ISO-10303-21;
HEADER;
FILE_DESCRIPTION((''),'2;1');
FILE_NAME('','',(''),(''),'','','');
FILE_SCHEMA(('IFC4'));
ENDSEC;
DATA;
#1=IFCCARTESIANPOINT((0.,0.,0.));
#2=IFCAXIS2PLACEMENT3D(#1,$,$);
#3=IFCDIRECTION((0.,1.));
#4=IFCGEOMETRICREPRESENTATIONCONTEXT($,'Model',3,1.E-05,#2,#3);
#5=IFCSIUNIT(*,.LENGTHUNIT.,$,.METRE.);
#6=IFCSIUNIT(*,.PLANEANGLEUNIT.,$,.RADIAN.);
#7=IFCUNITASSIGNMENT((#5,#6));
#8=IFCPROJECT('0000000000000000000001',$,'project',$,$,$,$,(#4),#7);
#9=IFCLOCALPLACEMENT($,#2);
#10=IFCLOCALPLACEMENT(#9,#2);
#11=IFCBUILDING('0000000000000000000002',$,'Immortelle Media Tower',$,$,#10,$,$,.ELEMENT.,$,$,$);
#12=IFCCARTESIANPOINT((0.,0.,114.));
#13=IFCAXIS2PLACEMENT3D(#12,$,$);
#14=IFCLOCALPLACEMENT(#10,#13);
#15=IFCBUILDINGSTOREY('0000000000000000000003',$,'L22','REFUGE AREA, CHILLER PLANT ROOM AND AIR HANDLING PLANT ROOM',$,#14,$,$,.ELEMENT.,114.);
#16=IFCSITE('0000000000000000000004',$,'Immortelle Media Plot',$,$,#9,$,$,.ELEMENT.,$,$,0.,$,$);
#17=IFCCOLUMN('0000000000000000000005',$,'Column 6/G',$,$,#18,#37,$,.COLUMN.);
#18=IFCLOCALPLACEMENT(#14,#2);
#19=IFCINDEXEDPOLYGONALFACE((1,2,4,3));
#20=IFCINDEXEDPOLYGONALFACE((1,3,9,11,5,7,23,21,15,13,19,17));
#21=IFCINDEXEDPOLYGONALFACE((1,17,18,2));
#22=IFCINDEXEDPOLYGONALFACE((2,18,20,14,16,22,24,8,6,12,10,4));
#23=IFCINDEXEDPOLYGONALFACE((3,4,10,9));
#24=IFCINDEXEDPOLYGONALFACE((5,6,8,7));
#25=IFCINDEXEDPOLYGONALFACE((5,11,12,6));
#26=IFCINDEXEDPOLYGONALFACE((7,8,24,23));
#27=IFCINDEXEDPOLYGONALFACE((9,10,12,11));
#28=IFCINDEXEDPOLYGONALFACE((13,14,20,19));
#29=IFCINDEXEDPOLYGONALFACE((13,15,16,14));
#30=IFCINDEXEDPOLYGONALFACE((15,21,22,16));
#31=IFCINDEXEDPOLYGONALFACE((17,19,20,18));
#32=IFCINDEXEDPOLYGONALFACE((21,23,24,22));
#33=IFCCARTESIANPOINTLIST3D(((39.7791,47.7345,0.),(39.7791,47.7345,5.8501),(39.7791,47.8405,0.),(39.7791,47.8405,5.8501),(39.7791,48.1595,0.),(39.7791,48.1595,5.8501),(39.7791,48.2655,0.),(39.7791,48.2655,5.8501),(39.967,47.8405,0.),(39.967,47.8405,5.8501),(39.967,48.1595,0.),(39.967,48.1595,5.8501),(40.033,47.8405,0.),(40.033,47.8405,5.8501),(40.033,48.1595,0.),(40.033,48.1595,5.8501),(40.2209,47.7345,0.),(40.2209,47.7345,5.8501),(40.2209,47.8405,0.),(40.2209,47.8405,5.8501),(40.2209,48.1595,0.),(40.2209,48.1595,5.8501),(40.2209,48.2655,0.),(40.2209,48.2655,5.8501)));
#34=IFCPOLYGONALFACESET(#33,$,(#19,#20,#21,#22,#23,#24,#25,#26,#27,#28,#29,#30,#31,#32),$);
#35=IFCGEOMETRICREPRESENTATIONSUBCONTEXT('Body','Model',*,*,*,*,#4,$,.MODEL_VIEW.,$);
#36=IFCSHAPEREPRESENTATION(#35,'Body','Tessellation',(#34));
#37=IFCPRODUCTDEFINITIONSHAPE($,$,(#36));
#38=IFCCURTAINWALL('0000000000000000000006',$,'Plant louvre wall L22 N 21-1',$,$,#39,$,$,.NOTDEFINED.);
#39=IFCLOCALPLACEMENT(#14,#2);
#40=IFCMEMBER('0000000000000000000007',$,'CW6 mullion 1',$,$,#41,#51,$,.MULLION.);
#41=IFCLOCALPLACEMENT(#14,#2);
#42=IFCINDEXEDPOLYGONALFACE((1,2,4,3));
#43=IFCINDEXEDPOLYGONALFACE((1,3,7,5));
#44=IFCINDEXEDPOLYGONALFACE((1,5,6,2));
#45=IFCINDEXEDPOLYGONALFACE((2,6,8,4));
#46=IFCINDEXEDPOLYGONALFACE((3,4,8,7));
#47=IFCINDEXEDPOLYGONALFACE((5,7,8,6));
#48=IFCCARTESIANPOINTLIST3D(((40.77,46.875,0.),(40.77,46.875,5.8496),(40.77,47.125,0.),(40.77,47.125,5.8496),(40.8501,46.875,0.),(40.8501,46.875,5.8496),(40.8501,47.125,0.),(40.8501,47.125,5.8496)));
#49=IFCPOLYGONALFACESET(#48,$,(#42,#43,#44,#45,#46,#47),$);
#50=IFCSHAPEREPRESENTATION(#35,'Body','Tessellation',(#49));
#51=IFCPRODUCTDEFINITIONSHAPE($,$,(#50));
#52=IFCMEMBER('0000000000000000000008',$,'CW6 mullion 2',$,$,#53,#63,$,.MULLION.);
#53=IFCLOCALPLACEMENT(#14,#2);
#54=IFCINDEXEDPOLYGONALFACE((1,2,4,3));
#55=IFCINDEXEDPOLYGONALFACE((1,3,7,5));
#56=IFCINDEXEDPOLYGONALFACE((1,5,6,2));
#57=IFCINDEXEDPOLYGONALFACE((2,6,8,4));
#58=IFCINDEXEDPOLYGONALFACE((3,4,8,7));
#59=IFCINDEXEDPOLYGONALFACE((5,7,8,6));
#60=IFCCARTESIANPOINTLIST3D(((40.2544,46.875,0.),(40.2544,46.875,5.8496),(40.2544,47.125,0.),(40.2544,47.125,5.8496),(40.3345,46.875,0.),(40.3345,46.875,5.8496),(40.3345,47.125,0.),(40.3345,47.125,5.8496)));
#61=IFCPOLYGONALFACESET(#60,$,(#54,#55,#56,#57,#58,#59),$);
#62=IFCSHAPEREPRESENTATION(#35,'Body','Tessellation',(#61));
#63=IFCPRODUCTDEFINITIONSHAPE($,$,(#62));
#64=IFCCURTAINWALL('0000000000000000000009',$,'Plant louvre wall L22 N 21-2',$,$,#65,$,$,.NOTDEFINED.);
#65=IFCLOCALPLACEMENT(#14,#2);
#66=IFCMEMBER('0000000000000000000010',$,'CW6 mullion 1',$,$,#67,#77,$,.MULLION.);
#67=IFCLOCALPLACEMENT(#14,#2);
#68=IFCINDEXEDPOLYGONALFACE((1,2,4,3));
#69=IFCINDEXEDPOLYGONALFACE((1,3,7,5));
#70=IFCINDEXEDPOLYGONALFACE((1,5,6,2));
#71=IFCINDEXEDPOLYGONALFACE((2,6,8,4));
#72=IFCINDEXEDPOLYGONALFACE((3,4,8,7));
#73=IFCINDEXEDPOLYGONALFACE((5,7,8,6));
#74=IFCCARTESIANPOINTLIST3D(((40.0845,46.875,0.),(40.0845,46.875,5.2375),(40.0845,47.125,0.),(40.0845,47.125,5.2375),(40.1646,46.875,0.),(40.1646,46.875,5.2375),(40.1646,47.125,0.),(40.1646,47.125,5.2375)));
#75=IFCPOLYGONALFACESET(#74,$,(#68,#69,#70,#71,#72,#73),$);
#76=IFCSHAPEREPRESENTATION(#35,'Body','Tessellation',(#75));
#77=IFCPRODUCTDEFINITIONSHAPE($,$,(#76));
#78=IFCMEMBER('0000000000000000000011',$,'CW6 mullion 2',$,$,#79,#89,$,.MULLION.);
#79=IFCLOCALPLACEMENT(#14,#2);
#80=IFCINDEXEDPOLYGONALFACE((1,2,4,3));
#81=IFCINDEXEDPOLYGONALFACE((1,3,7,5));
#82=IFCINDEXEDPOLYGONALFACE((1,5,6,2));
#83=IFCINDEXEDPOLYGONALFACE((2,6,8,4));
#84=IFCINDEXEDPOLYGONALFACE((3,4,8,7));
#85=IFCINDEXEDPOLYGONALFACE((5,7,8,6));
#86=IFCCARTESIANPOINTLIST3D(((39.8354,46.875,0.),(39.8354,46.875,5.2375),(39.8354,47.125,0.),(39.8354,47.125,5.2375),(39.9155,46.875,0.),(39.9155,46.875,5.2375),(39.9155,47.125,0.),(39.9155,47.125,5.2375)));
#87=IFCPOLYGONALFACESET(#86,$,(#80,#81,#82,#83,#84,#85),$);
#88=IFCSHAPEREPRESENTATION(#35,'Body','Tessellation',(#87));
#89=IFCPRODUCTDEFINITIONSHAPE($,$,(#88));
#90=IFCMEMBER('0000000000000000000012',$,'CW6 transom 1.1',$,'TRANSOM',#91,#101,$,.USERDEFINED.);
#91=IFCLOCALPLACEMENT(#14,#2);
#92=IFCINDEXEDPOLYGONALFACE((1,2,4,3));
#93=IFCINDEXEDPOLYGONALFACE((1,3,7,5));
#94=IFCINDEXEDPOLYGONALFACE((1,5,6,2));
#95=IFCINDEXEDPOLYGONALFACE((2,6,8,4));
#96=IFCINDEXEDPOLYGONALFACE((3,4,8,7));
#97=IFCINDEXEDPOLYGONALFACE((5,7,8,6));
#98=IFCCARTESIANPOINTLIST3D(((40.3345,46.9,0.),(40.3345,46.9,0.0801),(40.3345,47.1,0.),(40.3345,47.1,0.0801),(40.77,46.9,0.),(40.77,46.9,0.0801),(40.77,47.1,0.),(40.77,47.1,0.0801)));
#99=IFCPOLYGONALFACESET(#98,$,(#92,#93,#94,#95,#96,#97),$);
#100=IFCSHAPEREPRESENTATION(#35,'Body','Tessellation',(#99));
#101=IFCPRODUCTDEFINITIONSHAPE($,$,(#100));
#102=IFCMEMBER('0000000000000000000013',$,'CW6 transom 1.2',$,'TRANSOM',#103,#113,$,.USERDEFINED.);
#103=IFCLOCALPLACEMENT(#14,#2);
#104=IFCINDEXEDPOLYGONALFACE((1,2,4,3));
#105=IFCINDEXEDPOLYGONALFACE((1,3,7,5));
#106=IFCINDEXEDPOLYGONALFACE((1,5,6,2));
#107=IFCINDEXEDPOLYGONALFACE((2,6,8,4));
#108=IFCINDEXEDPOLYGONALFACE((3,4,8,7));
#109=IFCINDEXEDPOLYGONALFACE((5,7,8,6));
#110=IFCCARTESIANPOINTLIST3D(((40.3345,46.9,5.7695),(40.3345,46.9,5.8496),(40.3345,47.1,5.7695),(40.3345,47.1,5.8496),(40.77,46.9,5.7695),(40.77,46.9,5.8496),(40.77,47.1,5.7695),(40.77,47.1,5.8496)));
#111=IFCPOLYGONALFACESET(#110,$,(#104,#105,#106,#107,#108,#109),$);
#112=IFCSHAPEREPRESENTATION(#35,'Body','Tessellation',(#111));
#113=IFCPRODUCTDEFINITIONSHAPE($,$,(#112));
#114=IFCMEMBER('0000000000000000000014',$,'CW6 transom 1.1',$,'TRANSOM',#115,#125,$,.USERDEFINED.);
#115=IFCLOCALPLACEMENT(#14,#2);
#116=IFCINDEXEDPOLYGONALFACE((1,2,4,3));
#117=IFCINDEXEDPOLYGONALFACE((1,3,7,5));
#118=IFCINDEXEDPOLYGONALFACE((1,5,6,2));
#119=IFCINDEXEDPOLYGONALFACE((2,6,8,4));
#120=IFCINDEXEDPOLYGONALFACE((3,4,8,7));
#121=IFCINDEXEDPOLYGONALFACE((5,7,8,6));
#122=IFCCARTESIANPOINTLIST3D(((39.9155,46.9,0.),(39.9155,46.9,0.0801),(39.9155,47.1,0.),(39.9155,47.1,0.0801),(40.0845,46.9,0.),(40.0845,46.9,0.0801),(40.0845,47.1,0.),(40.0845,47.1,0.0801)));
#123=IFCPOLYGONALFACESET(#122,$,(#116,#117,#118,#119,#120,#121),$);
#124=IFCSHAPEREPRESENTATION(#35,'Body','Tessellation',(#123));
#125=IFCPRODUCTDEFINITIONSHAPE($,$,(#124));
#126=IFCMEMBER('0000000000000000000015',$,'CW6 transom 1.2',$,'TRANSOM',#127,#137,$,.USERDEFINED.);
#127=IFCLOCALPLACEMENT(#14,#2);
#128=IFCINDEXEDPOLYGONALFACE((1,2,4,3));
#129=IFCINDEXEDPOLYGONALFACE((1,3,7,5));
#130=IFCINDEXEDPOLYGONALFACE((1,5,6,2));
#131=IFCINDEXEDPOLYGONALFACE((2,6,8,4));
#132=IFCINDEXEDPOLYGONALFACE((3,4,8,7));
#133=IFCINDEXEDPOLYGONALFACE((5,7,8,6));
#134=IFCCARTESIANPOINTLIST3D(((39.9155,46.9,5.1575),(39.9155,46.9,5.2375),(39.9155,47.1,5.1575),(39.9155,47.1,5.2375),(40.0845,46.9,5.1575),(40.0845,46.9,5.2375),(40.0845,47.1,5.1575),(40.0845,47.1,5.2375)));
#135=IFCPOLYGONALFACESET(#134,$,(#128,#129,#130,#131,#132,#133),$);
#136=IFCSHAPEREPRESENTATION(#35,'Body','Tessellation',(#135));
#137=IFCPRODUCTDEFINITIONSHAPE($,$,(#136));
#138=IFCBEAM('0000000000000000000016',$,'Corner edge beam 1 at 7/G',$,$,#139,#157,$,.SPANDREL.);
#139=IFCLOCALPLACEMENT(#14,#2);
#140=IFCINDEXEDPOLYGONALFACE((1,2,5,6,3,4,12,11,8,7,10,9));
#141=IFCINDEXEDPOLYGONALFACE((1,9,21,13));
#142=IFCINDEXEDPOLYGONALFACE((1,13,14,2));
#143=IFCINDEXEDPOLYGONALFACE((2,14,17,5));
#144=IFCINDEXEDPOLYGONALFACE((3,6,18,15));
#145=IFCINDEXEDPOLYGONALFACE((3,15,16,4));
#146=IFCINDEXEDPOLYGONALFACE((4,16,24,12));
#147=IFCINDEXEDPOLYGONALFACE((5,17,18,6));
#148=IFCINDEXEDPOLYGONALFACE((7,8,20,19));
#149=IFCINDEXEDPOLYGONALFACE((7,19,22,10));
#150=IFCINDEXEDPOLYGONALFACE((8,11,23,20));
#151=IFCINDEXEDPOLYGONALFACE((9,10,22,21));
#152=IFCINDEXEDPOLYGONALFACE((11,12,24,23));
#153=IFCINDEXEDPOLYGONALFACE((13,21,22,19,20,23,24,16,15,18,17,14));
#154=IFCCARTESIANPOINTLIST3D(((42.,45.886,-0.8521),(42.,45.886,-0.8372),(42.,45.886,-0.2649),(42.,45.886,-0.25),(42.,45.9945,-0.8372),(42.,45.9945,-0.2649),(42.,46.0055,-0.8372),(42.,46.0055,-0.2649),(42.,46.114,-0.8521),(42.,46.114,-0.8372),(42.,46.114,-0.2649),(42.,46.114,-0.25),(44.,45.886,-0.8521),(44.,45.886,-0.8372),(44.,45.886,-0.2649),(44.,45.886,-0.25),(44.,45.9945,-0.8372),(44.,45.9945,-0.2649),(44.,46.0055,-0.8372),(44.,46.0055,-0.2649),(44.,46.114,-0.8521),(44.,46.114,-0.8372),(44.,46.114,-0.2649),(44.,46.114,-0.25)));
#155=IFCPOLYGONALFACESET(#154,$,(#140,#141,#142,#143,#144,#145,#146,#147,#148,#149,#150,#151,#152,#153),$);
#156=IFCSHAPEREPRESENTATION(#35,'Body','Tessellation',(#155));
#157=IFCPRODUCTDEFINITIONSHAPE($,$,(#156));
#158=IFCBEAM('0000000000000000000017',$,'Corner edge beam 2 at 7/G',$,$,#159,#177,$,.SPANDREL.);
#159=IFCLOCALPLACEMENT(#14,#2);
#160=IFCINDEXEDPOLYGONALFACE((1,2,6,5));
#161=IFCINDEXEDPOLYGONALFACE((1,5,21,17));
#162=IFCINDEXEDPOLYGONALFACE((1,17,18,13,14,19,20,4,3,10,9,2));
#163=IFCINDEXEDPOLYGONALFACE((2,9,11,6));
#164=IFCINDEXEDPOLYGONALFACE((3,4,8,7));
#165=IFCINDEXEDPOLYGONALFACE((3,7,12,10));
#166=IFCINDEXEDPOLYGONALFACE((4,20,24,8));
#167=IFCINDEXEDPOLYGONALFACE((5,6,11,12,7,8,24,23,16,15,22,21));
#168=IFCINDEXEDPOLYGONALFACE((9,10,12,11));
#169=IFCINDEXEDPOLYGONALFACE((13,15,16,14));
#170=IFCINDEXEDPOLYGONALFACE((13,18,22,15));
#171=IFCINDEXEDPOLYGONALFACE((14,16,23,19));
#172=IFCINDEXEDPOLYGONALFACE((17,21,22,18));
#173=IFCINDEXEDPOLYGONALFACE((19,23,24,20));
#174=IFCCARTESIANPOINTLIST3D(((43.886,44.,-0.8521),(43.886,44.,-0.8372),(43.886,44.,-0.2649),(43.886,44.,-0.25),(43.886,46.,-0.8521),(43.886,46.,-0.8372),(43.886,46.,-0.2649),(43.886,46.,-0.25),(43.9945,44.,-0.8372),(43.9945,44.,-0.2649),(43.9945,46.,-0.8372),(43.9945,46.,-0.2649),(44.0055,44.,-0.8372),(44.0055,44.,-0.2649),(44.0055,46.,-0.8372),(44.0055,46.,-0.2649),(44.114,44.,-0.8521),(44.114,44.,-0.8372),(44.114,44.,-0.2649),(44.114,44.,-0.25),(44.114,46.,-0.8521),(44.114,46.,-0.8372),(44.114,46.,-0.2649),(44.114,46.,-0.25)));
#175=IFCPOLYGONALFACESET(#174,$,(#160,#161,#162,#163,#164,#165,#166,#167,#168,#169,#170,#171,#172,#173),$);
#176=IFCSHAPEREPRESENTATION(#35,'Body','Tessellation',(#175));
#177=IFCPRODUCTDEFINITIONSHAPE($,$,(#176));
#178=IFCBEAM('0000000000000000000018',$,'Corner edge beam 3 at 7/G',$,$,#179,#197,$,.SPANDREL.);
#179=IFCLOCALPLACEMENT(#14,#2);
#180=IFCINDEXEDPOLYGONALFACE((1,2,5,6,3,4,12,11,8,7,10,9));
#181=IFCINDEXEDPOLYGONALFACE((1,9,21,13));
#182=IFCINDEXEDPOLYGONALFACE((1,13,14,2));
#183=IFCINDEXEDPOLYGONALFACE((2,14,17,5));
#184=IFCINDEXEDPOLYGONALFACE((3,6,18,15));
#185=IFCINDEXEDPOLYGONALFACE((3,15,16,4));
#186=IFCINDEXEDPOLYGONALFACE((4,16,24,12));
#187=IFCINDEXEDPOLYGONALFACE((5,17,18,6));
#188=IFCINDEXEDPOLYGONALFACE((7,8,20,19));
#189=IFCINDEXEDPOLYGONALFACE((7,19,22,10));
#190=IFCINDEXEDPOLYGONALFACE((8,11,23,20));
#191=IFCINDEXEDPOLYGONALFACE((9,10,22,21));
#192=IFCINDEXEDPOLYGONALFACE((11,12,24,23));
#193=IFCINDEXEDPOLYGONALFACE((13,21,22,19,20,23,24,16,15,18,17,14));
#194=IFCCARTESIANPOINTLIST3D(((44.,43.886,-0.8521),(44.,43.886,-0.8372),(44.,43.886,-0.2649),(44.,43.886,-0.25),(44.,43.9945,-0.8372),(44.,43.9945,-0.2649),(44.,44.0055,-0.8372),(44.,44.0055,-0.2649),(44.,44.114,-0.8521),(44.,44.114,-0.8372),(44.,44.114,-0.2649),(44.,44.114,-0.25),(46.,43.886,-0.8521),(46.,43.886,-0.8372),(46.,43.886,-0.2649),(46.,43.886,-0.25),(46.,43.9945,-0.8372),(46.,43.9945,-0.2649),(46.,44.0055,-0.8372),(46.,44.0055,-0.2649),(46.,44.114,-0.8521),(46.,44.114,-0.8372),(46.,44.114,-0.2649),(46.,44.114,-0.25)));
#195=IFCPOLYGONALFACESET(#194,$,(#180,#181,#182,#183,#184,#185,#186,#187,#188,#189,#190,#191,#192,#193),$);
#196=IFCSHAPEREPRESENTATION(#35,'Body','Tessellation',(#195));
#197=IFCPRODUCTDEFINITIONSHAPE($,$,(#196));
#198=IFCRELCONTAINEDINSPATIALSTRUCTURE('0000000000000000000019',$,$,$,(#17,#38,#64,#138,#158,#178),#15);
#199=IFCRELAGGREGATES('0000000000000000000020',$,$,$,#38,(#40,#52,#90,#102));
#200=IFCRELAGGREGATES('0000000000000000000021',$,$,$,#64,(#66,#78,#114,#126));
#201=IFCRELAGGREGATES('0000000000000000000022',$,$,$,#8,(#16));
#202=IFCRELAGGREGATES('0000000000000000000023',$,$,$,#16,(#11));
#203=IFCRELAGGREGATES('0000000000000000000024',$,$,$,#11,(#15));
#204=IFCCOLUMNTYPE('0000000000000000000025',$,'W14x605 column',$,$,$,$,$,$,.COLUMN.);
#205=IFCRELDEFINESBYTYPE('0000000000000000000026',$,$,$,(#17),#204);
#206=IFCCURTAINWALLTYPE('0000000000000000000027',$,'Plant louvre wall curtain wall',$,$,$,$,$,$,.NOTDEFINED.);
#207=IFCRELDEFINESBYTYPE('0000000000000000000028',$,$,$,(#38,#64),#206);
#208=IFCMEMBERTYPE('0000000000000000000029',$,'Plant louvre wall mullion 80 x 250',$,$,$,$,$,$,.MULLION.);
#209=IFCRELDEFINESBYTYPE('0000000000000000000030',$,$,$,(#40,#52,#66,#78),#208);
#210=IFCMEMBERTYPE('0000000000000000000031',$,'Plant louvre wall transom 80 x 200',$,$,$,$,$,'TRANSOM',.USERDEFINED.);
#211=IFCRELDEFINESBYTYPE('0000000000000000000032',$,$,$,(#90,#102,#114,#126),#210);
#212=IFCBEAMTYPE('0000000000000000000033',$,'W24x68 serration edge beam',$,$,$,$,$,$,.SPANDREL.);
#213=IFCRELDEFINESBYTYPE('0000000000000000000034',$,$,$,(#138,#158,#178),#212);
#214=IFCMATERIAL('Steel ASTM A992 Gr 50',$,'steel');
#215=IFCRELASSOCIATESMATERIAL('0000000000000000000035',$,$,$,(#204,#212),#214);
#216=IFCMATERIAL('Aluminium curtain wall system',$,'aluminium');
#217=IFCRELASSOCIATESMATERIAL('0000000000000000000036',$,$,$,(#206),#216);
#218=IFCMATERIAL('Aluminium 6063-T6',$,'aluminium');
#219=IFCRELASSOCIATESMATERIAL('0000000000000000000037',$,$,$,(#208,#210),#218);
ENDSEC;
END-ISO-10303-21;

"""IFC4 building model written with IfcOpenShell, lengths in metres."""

from ifc_helpers import new_model, si_unit, direction, frame, origin, origin_2d, place, context, subcontext, project, spatial, rectangle, i_section, extrude, material, material_profile, profile_set, type_object, element, aggregate, save


model = new_model("IFC4")

# Units and contexts
model_context = context("Model", 3, precision=1e-05, world=origin(), true_north=direction((0.0, 1.0)))
body_context = subcontext(model_context, "Body", "Model", "MODEL_VIEW")
ifc_project = project(units=[si_unit("LENGTHUNIT", "METRE"), si_unit("PLANEANGLEUNIT", "RADIAN")], contexts=[model_context])

# Site, building, storey
site_placement = place(None, origin())
site = spatial("IfcSite", under=ifc_project, at=site_placement, Name="Immortelle Media Plot", CompositionType="ELEMENT", RefElevation=0.0)
building_placement = place(site_placement, origin())
building = spatial("IfcBuilding", under=site, at=building_placement, Name="Immortelle Media Tower", CompositionType="ELEMENT")
storey_placement = place(building_placement, frame((0.0, 0.0, 114.0)))
storey = spatial("IfcBuildingStorey", under=building, at=storey_placement, Name="L22", Description="REFUGE AREA, CHILLER PLANT ROOM AND AIR HANDLING PLANT ROOM", CompositionType="ELEMENT", Elevation=114.0)

# Column
ifc_material_1 = material(Name="Steel ASTM A992 Gr 50", Category="steel")
ifc_material_profile_1 = material_profile(ifc_material_1, i_section(OverallWidth=0.4419, OverallDepth=0.531, WebThickness=0.0659, FlangeThickness=0.106, at=origin_2d()), Name="W14x605")
ifc_profile_set_1 = profile_set([ifc_material_profile_1], Name="Steel ASTM A992 Gr 50")
column_type = type_object("IfcColumnType", Name="W14x605 column", PredefinedType="COLUMN", material=ifc_profile_set_1)
column_placement = place(storey_placement, frame((40.0, 48.0, 0.0), z_axis=(0.0, 0.0, 1.0), x_axis=(1.0, 0.0, 0.0)))
element("IfcColumn", 1, at=column_placement, inside=storey, type_object=column_type, Name="Column 6/G", PredefinedType="COLUMN", context=body_context, shape_type="SweptSolid", body=[
    extrude(i_section(OverallWidth=0.4419, OverallDepth=0.531, WebThickness=0.0659, FlangeThickness=0.106, at=origin_2d()), origin(), (0.0, 0.0, 1.0), 5.8501),
])

# Curtain walls, members
ifc_material_2 = material(Name="Aluminium curtain wall system", Category="aluminium")
curtain_wall_type = type_object("IfcCurtainWallType", Name="Plant louvre wall curtain wall", PredefinedType="NOTDEFINED", material=ifc_material_2)
curtain_wall_1_placement = place(storey_placement, origin())
curtain_wall_1 = element("IfcCurtainWall", 2, at=curtain_wall_1_placement, inside=storey, type_object=curtain_wall_type, Name="Plant louvre wall L22 N 21-1", PredefinedType="NOTDEFINED")
ifc_material_3 = material(Name="Aluminium 6063-T6", Category="aluminium")
ifc_material_profile_2 = material_profile(ifc_material_3, rectangle(XDim=0.25, YDim=0.0801, at=origin_2d()), Name="AL 80x250")
ifc_profile_set_2 = profile_set([ifc_material_profile_2], Name="Aluminium 6063-T6")
member_type_1 = type_object("IfcMemberType", Name="Plant louvre wall mullion 80 x 250", PredefinedType="MULLION", material=ifc_profile_set_2)
member_1_placement = place(storey_placement, frame((40.8101, 47.0, 0.0), z_axis=(0.0, 0.0, 1.0), x_axis=(0.0, -1.0, 0.0)))
member_1 = element("IfcMember", 3, at=member_1_placement, type_object=member_type_1, Name="CW6 mullion 1", PredefinedType="MULLION", context=body_context, shape_type="SweptSolid", body=[
    extrude(rectangle(XDim=0.25, YDim=0.0801, at=origin_2d()), origin(), (0.0, 0.0, 1.0), 5.8496),
])
member_2_placement = place(storey_placement, frame((40.2944, 47.0, 0.0), z_axis=(0.0, 0.0, 1.0), x_axis=(0.0, -1.0, 0.0)))
member_2 = element("IfcMember", 4, at=member_2_placement, type_object=member_type_1, Name="CW6 mullion 2", PredefinedType="MULLION", context=body_context, shape_type="SweptSolid", body=[
    extrude(rectangle(XDim=0.25, YDim=0.0801, at=origin_2d()), origin(), (0.0, 0.0, 1.0), 5.8496),
])
curtain_wall_2_placement = place(storey_placement, origin())
curtain_wall_2 = element("IfcCurtainWall", 5, at=curtain_wall_2_placement, inside=storey, type_object=curtain_wall_type, Name="Plant louvre wall L22 N 21-2", PredefinedType="NOTDEFINED")
member_3_placement = place(storey_placement, frame((40.1245, 47.0, 0.0), z_axis=(0.0, 0.0, 1.0), x_axis=(0.0, -1.0, 0.0)))
member_3 = element("IfcMember", 6, at=member_3_placement, type_object=member_type_1, Name="CW6 mullion 1", PredefinedType="MULLION", context=body_context, shape_type="SweptSolid", body=[
    extrude(rectangle(XDim=0.25, YDim=0.0801, at=origin_2d()), origin(), (0.0, 0.0, 1.0), 5.2375),
])
member_4_placement = place(storey_placement, frame((39.8755, 47.0, 0.0), z_axis=(0.0, 0.0, 1.0), x_axis=(0.0, -1.0, 0.0)))
member_4 = element("IfcMember", 7, at=member_4_placement, type_object=member_type_1, Name="CW6 mullion 2", PredefinedType="MULLION", context=body_context, shape_type="SweptSolid", body=[
    extrude(rectangle(XDim=0.25, YDim=0.0801, at=origin_2d()), origin(), (0.0, 0.0, 1.0), 5.2375),
])

# Members
ifc_material_profile_3 = material_profile(ifc_material_3, rectangle(XDim=0.2, YDim=0.0801, at=origin_2d()), Name="AL 80x200")
ifc_profile_set_3 = profile_set([ifc_material_profile_3], Name="Aluminium 6063-T6")
member_type_2 = type_object("IfcMemberType", Name="Plant louvre wall transom 80 x 200", ElementType="TRANSOM", PredefinedType="USERDEFINED", material=ifc_profile_set_3)
member_5_placement = place(storey_placement, frame((40.77, 47.0, 0.04), z_axis=(-1.0, 0.0, 0.0), x_axis=(0.0, -1.0, 0.0)))
member_5 = element("IfcMember", 8, at=member_5_placement, type_object=member_type_2, Name="CW6 transom 1.1", ObjectType="TRANSOM", PredefinedType="USERDEFINED", context=body_context, shape_type="SweptSolid", body=[
    extrude(rectangle(XDim=0.2, YDim=0.0801, at=origin_2d()), origin(), (0.0, 0.0, 1.0), 0.4355),
])
member_6_placement = place(storey_placement, frame((40.77, 47.0, 5.8096), z_axis=(-1.0, 0.0, 0.0), x_axis=(0.0, -1.0, 0.0)))
member_6 = element("IfcMember", 9, at=member_6_placement, type_object=member_type_2, Name="CW6 transom 1.2", ObjectType="TRANSOM", PredefinedType="USERDEFINED", context=body_context, shape_type="SweptSolid", body=[
    extrude(rectangle(XDim=0.2, YDim=0.0801, at=origin_2d()), origin(), (0.0, 0.0, 1.0), 0.4355),
])
member_7_placement = place(storey_placement, frame((40.0845, 47.0, 0.04), z_axis=(-1.0, 0.0, 0.0), x_axis=(0.0, -1.0, 0.0)))
member_7 = element("IfcMember", 10, at=member_7_placement, type_object=member_type_2, Name="CW6 transom 1.1", ObjectType="TRANSOM", PredefinedType="USERDEFINED", context=body_context, shape_type="SweptSolid", body=[
    extrude(rectangle(XDim=0.2, YDim=0.0801, at=origin_2d()), origin(), (0.0, 0.0, 1.0), 0.1689),
])
member_8_placement = place(storey_placement, frame((40.0845, 47.0, 5.1975), z_axis=(-1.0, 0.0, 0.0), x_axis=(0.0, -1.0, 0.0)))
member_8 = element("IfcMember", 11, at=member_8_placement, type_object=member_type_2, Name="CW6 transom 1.2", ObjectType="TRANSOM", PredefinedType="USERDEFINED", context=body_context, shape_type="SweptSolid", body=[
    extrude(rectangle(XDim=0.2, YDim=0.0801, at=origin_2d()), origin(), (0.0, 0.0, 1.0), 0.1689),
])

# Beams
ifc_material_profile_4 = material_profile(ifc_material_1, i_section(OverallWidth=0.228, OverallDepth=0.6021, WebThickness=0.011, FlangeThickness=0.0149, at=origin_2d()), Name="W24x68")
ifc_profile_set_4 = profile_set([ifc_material_profile_4], Name="Steel ASTM A992 Gr 50")
beam_type_1 = type_object("IfcBeamType", Name="W24x68 serration edge beam", PredefinedType="SPANDREL", material=ifc_profile_set_4)
for number, where, z_axis, x_axis, name in (
    (12, (42.0, 46.0, -0.551), (1.0, 0.0, 0.0), (0.0, 1.0, 0.0), "Corner edge beam 1 at 7/G"),
    (13, (44.0, 46.0, -0.551), (0.0, -1.0, 0.0), (1.0, 0.0, 0.0), "Corner edge beam 2 at 7/G"),
    (14, (44.0, 44.0, -0.551), (1.0, 0.0, 0.0), (0.0, 1.0, 0.0), "Corner edge beam 3 at 7/G"),
):
    element("IfcBeam", number, at=place(storey_placement, frame(where, z_axis=z_axis, x_axis=x_axis)), inside=storey, type_object=beam_type_1, Name=name, PredefinedType="SPANDREL", context=body_context, shape_type="SweptSolid", body=[
        extrude(i_section(OverallWidth=0.228, OverallDepth=0.6021, WebThickness=0.011, FlangeThickness=0.0149, at=origin_2d()), origin(), (0.0, 0.0, 1.0), 2.0),
    ])

aggregate(curtain_wall_1, [member_1, member_2, member_5, member_6])
aggregate(curtain_wall_2, [member_3, member_4, member_7, member_8])

save(model, "model.ifc")
